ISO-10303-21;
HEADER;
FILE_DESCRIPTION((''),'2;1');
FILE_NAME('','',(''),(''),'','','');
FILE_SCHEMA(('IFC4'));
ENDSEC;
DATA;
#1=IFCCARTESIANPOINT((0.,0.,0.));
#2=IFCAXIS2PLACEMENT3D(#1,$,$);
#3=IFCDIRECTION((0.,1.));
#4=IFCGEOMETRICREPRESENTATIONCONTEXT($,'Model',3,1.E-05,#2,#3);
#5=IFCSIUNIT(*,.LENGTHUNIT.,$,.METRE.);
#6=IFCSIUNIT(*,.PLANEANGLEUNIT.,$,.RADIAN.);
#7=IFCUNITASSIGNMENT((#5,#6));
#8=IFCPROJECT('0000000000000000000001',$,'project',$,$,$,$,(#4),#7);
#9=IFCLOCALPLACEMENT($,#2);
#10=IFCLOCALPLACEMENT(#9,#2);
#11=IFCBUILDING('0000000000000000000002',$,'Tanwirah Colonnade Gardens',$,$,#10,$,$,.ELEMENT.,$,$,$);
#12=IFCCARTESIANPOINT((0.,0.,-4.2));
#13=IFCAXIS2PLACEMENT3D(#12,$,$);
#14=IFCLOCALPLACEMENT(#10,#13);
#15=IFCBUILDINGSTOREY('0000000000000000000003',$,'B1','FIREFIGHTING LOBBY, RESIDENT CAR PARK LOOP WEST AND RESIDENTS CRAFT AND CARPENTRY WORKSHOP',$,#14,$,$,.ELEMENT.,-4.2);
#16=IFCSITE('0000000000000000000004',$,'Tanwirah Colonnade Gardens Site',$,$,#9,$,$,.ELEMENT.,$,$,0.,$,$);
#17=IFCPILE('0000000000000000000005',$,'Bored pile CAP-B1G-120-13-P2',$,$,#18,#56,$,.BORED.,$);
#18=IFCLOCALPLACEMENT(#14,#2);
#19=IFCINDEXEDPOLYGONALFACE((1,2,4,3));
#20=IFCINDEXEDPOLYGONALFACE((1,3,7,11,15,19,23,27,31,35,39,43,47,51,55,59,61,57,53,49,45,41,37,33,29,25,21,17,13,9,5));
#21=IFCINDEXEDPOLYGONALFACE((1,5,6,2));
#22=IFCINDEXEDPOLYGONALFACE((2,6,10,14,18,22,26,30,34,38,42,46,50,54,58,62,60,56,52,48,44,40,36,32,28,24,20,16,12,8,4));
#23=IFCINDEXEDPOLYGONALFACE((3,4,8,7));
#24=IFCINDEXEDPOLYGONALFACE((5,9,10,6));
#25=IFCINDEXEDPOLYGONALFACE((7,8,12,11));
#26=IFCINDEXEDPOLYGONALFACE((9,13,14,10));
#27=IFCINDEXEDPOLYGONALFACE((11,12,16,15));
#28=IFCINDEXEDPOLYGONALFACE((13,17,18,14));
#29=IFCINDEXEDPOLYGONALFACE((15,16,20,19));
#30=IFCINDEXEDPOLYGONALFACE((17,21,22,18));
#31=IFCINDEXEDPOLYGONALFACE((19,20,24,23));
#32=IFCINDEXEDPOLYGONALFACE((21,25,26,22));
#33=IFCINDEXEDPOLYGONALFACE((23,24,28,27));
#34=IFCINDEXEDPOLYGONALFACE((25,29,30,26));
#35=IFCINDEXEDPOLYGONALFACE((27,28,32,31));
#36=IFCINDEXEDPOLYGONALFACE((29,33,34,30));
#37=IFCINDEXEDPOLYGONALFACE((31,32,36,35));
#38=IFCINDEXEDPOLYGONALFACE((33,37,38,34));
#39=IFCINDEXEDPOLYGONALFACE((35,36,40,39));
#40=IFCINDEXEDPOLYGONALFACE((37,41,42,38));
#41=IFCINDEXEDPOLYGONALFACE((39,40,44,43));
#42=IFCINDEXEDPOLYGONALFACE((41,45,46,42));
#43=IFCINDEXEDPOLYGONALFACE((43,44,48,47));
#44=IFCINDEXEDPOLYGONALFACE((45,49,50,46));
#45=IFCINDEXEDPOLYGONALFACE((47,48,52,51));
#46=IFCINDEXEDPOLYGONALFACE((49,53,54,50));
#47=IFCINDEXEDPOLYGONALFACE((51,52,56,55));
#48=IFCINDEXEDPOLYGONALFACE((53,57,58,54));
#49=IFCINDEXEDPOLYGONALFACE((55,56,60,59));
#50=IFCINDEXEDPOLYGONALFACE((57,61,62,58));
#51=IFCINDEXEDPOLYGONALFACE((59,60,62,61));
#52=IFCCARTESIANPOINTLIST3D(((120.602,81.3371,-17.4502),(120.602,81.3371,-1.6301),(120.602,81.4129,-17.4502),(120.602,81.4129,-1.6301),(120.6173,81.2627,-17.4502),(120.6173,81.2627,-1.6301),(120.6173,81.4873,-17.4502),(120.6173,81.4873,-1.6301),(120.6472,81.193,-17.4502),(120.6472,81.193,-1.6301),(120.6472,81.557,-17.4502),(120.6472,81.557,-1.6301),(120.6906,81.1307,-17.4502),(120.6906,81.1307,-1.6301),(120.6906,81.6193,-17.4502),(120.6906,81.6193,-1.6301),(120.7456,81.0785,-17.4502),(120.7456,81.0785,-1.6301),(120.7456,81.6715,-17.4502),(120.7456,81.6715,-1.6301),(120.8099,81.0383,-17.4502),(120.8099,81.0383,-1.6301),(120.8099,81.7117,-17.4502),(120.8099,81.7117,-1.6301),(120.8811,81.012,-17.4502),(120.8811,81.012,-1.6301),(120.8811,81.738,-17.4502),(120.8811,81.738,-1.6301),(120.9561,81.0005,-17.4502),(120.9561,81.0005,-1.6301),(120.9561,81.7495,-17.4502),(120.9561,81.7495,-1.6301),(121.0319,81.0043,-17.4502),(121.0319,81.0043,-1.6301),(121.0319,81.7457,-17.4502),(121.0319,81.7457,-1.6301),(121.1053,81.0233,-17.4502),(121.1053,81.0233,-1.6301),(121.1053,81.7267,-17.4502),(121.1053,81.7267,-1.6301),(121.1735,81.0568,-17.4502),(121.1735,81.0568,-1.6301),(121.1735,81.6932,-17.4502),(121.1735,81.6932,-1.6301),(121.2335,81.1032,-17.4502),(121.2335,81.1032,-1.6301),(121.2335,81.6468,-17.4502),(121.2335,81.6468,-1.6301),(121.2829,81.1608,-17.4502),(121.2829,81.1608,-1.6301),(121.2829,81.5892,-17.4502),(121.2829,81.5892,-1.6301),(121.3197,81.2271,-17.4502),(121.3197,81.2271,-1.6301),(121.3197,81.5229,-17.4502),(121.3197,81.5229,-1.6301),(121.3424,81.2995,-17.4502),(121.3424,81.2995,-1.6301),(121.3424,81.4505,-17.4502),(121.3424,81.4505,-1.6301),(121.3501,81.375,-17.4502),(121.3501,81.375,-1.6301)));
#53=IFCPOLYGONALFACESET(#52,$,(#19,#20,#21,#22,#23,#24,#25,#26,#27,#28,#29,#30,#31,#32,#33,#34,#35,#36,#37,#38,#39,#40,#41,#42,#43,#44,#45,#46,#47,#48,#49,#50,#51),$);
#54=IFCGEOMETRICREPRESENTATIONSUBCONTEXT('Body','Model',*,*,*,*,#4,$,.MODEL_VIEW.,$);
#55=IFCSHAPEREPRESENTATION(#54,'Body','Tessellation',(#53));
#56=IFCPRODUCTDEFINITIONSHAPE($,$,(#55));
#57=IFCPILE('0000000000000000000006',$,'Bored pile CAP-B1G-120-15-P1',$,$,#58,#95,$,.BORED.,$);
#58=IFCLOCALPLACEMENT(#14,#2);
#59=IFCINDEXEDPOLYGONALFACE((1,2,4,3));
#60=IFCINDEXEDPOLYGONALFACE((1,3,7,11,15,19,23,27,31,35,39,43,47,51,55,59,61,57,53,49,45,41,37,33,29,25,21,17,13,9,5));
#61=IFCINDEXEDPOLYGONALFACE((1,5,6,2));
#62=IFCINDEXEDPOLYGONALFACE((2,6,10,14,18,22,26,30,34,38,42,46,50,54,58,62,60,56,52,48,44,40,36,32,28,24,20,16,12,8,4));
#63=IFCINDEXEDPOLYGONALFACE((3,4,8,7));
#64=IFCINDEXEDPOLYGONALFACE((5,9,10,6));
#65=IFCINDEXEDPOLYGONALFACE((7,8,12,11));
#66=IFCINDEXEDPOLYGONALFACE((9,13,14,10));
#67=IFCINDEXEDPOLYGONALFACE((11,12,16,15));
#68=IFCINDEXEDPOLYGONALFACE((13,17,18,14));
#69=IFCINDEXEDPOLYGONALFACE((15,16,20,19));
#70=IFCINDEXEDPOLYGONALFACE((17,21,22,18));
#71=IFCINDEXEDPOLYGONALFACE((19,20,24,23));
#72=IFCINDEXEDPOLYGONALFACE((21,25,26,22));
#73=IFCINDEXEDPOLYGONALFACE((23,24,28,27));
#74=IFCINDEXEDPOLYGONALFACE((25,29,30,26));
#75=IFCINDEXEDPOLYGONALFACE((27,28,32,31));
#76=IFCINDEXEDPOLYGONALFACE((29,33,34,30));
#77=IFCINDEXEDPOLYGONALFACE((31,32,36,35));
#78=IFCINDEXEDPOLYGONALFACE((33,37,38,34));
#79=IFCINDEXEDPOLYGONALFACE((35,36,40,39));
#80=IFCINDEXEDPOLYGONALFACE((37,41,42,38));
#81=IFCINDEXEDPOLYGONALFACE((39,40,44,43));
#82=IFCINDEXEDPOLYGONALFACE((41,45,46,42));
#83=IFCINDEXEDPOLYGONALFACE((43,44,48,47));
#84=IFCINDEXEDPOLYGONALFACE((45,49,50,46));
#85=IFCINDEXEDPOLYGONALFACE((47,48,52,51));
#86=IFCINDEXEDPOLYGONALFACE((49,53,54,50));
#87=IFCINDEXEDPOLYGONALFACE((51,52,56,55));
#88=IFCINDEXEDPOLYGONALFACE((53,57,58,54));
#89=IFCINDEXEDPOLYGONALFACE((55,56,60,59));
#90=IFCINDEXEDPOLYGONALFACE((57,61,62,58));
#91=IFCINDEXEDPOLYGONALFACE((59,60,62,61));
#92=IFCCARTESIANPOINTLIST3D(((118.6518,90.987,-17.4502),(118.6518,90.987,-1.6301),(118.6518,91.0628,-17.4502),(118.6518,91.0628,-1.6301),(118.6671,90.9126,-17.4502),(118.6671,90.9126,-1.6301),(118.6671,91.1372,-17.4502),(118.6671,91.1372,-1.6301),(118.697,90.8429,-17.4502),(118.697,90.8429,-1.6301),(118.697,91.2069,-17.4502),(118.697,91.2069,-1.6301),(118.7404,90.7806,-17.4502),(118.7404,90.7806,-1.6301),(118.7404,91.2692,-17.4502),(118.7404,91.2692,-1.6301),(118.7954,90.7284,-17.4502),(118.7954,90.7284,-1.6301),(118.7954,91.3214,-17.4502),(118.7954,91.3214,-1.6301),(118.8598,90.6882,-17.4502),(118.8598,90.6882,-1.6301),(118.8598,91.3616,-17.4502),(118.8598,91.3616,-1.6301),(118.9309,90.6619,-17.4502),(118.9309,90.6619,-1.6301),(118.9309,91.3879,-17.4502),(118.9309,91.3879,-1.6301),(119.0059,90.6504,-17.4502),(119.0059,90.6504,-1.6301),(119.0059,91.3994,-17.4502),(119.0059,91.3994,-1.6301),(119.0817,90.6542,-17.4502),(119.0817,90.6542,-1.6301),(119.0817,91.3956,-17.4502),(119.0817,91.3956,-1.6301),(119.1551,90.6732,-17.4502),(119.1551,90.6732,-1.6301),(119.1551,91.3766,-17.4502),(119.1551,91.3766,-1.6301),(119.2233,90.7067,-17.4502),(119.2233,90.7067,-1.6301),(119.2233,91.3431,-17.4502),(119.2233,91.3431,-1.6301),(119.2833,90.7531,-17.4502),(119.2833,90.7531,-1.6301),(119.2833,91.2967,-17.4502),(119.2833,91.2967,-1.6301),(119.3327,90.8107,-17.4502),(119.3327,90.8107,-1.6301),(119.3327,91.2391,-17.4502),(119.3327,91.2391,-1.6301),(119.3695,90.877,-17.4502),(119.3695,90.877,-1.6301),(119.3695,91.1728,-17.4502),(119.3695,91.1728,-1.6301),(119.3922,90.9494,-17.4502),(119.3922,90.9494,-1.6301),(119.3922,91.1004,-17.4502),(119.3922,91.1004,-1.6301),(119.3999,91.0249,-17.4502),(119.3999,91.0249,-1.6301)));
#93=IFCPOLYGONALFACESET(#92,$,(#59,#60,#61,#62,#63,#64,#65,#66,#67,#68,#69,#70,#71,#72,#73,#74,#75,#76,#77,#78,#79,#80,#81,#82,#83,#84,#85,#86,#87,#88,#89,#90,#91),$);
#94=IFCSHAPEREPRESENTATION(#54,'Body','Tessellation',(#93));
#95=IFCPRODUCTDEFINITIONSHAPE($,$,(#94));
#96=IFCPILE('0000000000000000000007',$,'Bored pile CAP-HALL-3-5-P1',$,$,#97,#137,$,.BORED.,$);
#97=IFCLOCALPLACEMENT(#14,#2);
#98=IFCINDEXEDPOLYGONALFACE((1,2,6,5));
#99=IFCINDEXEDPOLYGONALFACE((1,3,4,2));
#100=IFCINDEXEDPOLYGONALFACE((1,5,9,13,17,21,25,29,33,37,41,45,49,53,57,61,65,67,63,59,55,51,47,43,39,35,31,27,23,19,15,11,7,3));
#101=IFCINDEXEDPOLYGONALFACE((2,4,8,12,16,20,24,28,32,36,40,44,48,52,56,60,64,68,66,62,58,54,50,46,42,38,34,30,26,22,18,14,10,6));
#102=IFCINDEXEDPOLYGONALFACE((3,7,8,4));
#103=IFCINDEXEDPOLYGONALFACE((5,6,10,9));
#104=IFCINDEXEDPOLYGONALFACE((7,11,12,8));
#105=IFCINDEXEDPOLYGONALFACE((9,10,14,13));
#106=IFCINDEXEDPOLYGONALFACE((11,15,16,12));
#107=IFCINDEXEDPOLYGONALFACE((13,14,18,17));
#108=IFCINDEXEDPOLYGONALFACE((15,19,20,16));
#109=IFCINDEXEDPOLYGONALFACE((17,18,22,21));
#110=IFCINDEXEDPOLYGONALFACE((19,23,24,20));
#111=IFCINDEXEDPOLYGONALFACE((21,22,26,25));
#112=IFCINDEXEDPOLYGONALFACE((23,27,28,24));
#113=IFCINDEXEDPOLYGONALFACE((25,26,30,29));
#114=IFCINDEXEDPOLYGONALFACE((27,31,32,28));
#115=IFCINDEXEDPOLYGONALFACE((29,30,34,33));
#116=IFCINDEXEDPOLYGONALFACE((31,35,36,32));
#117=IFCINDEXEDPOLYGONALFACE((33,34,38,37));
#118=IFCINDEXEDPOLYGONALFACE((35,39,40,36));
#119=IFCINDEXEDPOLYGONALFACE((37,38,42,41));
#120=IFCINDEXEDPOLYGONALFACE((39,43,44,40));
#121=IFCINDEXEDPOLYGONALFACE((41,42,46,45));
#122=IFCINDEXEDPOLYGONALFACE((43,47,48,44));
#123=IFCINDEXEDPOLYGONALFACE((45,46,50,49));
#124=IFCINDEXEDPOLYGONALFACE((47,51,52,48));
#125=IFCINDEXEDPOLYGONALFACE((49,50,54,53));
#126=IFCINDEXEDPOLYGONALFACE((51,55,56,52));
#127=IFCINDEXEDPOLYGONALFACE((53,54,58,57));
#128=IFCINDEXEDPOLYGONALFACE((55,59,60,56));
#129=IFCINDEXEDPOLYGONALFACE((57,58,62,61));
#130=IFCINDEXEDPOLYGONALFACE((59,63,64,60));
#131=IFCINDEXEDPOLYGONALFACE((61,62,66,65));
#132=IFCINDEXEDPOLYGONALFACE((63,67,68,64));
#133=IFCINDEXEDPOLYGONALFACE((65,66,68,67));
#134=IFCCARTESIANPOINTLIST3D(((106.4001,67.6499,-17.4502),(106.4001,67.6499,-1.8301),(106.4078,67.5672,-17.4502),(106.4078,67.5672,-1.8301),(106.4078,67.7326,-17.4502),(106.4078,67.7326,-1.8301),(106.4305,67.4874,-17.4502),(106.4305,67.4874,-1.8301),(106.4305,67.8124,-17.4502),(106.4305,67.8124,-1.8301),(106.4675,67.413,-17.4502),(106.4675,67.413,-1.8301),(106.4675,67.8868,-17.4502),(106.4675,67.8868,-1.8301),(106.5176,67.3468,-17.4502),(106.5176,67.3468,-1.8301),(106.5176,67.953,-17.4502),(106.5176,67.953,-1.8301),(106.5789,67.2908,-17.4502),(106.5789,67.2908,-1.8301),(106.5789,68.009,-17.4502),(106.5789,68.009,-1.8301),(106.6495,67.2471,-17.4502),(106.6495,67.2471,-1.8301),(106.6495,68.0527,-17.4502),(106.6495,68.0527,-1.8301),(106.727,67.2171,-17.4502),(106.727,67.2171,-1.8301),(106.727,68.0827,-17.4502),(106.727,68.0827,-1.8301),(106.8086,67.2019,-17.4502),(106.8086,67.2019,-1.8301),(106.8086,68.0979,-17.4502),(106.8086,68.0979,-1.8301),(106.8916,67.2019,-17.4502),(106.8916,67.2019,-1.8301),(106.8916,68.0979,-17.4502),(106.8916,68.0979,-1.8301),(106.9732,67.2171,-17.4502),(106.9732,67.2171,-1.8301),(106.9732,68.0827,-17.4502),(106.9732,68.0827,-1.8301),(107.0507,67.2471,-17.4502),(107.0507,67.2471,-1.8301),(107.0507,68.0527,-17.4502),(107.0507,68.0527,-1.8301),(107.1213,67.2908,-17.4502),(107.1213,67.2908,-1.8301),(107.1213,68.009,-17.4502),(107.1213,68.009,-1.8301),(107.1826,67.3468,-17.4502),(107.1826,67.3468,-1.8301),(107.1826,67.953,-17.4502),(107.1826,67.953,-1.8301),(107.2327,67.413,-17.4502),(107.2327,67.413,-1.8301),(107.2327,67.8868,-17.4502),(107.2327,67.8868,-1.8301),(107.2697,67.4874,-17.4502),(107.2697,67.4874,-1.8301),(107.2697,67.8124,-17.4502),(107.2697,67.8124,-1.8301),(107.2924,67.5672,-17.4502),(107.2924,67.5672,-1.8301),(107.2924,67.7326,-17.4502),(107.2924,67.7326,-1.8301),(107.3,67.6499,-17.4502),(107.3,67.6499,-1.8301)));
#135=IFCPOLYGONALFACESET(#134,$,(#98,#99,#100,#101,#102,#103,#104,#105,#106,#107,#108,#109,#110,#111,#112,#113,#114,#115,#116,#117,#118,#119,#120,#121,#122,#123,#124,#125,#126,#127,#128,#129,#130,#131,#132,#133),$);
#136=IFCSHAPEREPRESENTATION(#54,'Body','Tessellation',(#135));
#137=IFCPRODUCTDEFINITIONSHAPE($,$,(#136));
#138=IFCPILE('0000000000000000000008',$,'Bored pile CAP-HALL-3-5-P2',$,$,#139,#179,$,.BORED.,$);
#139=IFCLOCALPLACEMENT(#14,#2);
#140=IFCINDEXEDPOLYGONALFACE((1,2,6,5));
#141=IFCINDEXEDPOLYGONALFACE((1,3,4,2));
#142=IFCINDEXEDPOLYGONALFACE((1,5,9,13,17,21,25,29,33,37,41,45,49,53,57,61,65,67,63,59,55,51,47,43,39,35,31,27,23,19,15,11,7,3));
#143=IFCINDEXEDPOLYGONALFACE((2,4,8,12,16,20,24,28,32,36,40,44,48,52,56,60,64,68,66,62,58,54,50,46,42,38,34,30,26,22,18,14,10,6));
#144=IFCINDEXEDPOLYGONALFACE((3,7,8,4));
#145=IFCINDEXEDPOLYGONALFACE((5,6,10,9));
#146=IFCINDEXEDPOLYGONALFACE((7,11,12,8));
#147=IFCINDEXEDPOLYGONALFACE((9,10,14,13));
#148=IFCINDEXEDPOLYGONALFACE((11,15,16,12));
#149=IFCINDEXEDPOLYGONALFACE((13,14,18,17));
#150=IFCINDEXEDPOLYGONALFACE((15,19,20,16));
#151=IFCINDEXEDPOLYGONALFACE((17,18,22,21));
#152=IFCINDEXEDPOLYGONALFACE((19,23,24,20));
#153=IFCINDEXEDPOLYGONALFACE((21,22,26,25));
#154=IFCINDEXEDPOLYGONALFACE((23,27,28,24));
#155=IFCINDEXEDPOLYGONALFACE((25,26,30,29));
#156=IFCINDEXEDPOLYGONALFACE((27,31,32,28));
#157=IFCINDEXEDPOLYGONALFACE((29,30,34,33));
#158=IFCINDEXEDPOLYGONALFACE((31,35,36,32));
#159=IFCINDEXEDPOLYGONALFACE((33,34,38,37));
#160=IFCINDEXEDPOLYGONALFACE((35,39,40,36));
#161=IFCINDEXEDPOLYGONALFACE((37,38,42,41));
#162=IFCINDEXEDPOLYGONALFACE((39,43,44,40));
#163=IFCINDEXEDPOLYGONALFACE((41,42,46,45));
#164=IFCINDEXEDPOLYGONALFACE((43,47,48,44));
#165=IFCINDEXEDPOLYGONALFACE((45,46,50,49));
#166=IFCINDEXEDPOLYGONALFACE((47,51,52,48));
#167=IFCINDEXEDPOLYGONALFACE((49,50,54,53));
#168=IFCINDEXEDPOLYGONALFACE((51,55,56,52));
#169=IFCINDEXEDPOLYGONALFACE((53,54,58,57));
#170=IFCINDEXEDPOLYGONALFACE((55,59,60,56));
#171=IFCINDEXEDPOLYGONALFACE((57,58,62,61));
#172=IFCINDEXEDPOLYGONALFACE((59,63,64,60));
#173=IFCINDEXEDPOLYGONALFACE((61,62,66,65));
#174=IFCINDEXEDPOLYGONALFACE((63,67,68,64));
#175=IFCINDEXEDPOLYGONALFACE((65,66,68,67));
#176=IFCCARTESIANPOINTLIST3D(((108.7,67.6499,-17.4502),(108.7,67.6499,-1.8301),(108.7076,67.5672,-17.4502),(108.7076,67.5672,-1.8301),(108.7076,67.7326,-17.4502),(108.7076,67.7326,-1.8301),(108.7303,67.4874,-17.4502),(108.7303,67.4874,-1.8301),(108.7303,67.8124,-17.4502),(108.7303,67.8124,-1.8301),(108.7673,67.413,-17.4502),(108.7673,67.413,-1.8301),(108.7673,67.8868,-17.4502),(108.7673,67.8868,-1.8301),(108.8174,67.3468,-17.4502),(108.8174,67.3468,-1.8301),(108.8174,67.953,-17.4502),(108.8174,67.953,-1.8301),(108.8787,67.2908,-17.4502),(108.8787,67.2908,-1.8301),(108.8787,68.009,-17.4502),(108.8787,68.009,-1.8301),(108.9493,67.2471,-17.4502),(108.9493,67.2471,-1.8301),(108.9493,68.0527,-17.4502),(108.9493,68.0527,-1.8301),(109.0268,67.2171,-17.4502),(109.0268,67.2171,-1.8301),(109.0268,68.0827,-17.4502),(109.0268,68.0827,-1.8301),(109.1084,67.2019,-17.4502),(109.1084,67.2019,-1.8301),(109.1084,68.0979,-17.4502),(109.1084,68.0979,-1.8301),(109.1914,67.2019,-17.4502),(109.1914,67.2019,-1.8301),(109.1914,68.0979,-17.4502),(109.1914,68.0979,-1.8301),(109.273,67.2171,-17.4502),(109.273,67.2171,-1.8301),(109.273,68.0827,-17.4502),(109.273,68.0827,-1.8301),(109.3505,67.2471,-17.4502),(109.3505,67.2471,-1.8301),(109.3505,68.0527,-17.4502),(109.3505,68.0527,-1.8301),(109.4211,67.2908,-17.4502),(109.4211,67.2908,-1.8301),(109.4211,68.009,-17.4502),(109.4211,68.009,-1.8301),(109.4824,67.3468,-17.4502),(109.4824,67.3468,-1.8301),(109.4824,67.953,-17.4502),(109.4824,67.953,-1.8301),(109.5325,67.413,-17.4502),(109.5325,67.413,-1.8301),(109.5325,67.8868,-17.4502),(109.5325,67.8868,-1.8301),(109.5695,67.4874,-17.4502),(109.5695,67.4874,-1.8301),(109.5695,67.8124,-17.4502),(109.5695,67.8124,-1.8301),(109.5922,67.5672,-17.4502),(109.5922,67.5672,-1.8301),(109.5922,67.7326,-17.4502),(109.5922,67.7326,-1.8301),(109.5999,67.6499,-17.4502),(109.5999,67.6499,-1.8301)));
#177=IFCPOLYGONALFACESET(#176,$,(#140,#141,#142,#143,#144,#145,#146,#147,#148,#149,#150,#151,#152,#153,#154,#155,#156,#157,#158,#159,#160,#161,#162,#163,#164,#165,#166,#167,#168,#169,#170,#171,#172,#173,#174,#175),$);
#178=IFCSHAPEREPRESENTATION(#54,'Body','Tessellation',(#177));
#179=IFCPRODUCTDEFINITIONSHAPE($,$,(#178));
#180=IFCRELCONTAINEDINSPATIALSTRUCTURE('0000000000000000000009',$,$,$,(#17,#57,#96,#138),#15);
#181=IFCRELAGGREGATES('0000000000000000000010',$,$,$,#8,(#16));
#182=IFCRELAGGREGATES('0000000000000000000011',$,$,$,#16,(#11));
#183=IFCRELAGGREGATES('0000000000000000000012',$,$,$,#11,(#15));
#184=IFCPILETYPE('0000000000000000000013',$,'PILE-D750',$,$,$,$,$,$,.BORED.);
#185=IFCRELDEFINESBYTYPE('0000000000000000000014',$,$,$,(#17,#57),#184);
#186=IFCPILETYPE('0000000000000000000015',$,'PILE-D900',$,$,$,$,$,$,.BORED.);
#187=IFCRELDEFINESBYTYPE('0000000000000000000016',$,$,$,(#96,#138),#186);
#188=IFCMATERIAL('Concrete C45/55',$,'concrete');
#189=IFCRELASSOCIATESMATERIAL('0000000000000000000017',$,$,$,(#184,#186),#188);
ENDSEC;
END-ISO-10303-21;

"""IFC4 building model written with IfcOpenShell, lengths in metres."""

from ifc_helpers import new_model, si_unit, direction, frame, origin, origin_2d, place, context, subcontext, project, spatial, circle, extrude, material, material_profile, profile_set, type_object, element, save


model = new_model("IFC4")

# Units and contexts
model_context = context("Model", 3, precision=1e-05, world=origin(), true_north=direction((0.0, 1.0)))
body_context = subcontext(model_context, "Body", "Model", "MODEL_VIEW")
ifc_project = project(units=[si_unit("LENGTHUNIT", "METRE"), si_unit("PLANEANGLEUNIT", "RADIAN")], contexts=[model_context])

# Site, building, storey
site_placement = place(None, origin())
site = spatial("IfcSite", under=ifc_project, at=site_placement, Name="Tanwirah Colonnade Gardens Site", CompositionType="ELEMENT", RefElevation=0.0)
building_placement = place(site_placement, origin())
building = spatial("IfcBuilding", under=site, at=building_placement, Name="Tanwirah Colonnade Gardens", CompositionType="ELEMENT")
storey_placement = place(building_placement, frame((0.0, 0.0, -4.2)))
storey = spatial("IfcBuildingStorey", under=building, at=storey_placement, Name="B1", Description="FIREFIGHTING LOBBY, RESIDENT CAR PARK LOOP WEST AND RESIDENTS CRAFT AND CARPENTRY WORKSHOP", CompositionType="ELEMENT", Elevation=-4.2)

# Shared definitions
ifc_material_1 = material(Name="Concrete C45/55", Category="concrete")

# Piles
ifc_material_profile_1 = material_profile(ifc_material_1, circle(Radius=0.375, at=origin_2d()), Name="PILE D750")
ifc_profile_set_1 = profile_set([ifc_material_profile_1], Name="Concrete C45/55")
pile_type_1 = type_object("IfcPileType", Name="PILE-D750", PredefinedType="BORED", material=ifc_profile_set_1)
for number, where, z_axis, x_axis, name in (
    (1, (120.9751, 81.375, -1.6301), (0.0, 0.0, -1.0), (1.0, 0.0, 0.0), "Bored pile CAP-B1G-120-13-P2"),
    (2, (119.0249, 91.0249, -1.6301), (0.0, 0.0, -1.0), (1.0, 0.0, 0.0), "Bored pile CAP-B1G-120-15-P1"),
):
    element("IfcPile", number, at=place(storey_placement, frame(where, z_axis=z_axis, x_axis=x_axis)), inside=storey, type_object=pile_type_1, Name=name, PredefinedType="BORED", context=body_context, shape_type="SweptSolid", body=[
        extrude(circle(Radius=0.375, at=origin_2d()), origin(), (0.0, 0.0, 1.0), 15.8201),
    ])
ifc_material_profile_2 = material_profile(ifc_material_1, circle(Radius=0.45, at=origin_2d()), Name="PILE D900")
ifc_profile_set_2 = profile_set([ifc_material_profile_2], Name="Concrete C45/55")
pile_type_2 = type_object("IfcPileType", Name="PILE-D900", PredefinedType="BORED", material=ifc_profile_set_2)
for number, where, z_axis, x_axis, name in (
    (3, (106.8501, 67.6499, -1.8301), (0.0, 0.0, -1.0), (1.0, 0.0, 0.0), "Bored pile CAP-HALL-3-5-P1"),
    (4, (109.1499, 67.6499, -1.8301), (0.0, 0.0, -1.0), (1.0, 0.0, 0.0), "Bored pile CAP-HALL-3-5-P2"),
):
    element("IfcPile", number, at=place(storey_placement, frame(where, z_axis=z_axis, x_axis=x_axis)), inside=storey, type_object=pile_type_2, Name=name, PredefinedType="BORED", context=body_context, shape_type="SweptSolid", body=[
        extrude(circle(Radius=0.45, at=origin_2d()), origin(), (0.0, 0.0, 1.0), 15.6201),
    ])

save(model, "model.ifc")
